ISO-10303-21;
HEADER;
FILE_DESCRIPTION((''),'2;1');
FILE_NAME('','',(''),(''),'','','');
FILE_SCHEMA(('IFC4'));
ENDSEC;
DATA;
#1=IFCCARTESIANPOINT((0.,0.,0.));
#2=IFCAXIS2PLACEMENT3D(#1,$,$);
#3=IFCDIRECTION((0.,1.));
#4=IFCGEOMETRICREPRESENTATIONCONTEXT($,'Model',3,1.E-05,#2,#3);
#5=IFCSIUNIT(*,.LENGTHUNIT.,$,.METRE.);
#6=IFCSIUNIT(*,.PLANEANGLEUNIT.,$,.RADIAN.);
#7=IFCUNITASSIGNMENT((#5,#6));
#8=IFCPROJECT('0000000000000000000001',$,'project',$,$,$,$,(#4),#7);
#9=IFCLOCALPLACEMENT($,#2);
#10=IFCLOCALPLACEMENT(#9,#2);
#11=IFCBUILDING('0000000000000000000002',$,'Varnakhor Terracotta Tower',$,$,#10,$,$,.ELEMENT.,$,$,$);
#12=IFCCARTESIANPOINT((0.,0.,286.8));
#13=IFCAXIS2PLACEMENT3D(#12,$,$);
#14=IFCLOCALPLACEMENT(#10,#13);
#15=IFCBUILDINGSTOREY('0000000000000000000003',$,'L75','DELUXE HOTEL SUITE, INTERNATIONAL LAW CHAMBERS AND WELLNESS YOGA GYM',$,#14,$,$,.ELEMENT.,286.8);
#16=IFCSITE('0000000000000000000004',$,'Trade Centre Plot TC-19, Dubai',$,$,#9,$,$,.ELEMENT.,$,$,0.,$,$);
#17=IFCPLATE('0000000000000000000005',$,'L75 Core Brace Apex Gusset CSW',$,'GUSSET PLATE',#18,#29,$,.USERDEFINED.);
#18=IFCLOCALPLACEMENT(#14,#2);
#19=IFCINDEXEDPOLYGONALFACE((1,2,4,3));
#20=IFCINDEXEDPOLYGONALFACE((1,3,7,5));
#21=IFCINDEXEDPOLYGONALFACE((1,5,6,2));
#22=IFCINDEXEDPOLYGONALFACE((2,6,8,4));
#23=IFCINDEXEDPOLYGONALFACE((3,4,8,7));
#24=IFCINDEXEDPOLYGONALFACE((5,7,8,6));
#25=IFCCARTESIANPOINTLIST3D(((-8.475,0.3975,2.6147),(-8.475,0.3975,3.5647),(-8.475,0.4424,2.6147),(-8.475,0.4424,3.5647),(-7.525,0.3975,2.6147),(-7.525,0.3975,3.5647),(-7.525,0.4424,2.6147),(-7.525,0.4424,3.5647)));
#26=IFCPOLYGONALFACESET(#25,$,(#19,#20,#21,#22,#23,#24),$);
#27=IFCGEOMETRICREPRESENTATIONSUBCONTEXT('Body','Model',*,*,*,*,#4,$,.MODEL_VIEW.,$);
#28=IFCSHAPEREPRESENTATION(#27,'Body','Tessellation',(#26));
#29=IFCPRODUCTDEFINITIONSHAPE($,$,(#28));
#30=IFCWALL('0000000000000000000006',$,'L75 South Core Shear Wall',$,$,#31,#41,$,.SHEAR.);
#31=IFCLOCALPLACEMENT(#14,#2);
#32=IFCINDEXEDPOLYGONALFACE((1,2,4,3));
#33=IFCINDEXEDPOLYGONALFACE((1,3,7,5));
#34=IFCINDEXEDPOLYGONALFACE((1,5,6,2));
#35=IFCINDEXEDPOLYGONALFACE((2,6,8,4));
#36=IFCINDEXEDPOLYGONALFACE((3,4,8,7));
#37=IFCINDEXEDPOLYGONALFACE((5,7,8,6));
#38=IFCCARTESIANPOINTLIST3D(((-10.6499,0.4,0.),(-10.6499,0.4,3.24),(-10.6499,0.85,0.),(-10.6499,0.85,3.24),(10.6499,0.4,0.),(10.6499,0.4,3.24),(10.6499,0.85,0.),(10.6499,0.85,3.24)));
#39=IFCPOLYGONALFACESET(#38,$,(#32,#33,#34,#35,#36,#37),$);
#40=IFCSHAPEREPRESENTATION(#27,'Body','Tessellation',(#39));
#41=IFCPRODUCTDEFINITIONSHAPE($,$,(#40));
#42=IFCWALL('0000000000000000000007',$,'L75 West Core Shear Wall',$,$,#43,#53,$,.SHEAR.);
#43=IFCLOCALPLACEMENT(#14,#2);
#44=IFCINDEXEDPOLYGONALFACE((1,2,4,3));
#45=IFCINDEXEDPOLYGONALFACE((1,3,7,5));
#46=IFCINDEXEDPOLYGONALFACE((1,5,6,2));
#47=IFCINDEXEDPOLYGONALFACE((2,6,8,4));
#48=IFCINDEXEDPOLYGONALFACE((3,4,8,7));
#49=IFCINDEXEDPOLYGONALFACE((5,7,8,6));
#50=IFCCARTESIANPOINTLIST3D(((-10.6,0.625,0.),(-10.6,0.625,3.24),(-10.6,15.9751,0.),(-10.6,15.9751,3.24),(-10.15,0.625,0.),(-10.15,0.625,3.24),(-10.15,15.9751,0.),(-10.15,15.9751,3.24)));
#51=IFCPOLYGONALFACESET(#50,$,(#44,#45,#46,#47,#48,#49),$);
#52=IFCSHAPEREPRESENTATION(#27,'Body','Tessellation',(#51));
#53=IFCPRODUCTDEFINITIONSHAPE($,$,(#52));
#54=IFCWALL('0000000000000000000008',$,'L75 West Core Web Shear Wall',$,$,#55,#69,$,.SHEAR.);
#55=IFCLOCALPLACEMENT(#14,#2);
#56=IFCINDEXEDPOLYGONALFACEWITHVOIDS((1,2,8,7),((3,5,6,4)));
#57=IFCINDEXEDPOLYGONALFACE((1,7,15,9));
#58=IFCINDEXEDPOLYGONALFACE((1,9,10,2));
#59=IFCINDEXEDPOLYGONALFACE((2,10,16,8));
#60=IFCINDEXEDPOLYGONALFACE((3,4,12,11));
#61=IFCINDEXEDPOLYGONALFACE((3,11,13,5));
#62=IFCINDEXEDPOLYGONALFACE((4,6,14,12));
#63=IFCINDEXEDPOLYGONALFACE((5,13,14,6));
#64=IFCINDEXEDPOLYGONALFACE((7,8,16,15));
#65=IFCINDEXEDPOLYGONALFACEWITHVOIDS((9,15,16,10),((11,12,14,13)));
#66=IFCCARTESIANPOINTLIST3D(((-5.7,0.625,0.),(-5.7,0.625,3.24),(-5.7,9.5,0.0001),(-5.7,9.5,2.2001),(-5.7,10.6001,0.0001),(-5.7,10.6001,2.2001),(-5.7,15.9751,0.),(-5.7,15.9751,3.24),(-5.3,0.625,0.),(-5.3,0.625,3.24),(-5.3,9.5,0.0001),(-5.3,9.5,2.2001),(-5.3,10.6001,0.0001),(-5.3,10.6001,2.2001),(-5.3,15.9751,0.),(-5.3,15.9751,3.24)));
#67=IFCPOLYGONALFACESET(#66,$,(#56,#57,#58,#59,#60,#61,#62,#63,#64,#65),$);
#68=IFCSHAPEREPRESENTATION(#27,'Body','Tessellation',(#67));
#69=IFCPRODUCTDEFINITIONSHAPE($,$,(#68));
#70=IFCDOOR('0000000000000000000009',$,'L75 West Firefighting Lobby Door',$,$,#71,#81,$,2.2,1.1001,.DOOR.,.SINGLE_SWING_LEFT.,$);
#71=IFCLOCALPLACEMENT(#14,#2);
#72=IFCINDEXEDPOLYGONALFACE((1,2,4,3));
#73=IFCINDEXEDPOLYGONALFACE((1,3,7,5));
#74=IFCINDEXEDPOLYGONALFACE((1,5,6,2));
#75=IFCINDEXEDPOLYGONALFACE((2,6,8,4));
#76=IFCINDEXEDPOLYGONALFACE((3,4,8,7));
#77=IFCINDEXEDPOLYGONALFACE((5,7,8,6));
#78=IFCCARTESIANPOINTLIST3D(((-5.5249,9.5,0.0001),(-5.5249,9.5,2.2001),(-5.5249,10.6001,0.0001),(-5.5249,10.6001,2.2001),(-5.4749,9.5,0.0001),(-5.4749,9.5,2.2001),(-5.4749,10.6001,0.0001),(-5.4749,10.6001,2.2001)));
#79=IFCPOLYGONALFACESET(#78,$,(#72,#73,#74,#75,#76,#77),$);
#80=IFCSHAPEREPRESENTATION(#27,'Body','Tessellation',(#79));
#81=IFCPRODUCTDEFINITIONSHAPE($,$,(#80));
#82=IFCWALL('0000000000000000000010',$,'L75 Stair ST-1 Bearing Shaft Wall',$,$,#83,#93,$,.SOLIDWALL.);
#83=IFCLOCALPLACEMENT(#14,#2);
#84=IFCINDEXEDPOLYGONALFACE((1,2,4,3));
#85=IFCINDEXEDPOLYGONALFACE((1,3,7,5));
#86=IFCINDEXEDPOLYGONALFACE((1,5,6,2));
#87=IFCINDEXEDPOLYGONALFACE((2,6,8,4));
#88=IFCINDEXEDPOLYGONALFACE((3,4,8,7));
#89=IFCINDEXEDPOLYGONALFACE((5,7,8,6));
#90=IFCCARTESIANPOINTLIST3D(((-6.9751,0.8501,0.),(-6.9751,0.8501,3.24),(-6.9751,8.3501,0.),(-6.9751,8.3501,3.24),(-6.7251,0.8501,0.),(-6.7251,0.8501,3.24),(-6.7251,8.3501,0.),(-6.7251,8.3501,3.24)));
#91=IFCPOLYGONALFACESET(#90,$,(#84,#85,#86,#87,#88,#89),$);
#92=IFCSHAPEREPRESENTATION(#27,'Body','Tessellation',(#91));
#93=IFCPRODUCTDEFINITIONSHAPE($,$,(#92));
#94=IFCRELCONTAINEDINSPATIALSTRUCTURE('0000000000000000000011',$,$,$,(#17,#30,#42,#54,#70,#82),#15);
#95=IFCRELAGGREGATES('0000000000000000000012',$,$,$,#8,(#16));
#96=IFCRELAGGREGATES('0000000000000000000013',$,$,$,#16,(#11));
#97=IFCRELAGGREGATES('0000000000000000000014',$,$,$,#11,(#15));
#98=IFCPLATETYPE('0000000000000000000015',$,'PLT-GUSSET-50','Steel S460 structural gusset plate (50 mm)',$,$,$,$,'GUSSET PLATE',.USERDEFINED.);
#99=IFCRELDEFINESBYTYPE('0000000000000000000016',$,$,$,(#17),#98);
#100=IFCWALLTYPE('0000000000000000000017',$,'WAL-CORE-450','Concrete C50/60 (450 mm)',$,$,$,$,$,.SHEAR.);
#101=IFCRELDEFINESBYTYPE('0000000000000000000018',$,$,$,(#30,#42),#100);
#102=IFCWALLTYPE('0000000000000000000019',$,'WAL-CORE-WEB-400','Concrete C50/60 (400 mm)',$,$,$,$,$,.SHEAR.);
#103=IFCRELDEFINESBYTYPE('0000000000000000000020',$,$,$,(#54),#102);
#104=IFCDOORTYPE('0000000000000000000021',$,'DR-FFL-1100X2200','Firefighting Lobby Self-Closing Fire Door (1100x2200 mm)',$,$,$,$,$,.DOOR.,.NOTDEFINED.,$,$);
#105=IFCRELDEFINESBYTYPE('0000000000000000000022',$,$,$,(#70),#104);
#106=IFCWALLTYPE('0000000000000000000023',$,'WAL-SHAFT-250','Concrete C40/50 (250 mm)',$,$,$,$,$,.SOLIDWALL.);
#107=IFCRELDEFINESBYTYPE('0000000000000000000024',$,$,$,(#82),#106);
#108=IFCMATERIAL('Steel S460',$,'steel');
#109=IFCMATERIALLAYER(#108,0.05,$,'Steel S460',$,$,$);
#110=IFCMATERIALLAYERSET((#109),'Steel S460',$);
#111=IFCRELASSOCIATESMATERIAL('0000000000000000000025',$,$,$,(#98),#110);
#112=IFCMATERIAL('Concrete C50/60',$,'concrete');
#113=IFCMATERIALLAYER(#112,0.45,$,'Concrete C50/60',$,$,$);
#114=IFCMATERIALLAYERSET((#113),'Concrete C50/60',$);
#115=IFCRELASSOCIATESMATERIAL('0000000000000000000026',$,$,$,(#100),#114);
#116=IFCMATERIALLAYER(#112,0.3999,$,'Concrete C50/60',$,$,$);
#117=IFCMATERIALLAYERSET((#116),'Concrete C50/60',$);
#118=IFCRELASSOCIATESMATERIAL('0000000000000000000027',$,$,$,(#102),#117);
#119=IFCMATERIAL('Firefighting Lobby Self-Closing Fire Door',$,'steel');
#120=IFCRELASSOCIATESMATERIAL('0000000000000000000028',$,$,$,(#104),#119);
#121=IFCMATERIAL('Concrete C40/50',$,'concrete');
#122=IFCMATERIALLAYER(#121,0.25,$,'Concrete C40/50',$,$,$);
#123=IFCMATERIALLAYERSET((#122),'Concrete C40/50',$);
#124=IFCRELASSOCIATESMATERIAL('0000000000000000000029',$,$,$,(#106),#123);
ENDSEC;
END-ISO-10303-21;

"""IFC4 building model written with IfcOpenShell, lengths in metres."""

from ifc_helpers import new_model, si_unit, direction, frame, frame_2d, origin, origin_2d, place, context, subcontext, project, spatial, rectangle, extrude, source, transform, mapped, material, layer, layer_set, type_object, type_shapes, element, fill, save


model = new_model("IFC4")

# Units and contexts
model_context = context("Model", 3, precision=1e-05, world=origin(), true_north=direction((0.0, 1.0)))
body_context = subcontext(model_context, "Body", "Model", "MODEL_VIEW")
ifc_project = project(units=[si_unit("LENGTHUNIT", "METRE"), si_unit("PLANEANGLEUNIT", "RADIAN")], contexts=[model_context])

# Site, building, storey
site_placement = place(None, origin())
site = spatial("IfcSite", under=ifc_project, at=site_placement, Name="Trade Centre Plot TC-19, Dubai", CompositionType="ELEMENT", RefElevation=0.0)
building_placement = place(site_placement, origin())
building = spatial("IfcBuilding", under=site, at=building_placement, Name="Varnakhor Terracotta Tower", CompositionType="ELEMENT")
storey_placement = place(building_placement, frame((0.0, 0.0, 286.8)))
storey = spatial("IfcBuildingStorey", under=building, at=storey_placement, Name="L75", Description="DELUXE HOTEL SUITE, INTERNATIONAL LAW CHAMBERS AND WELLNESS YOGA GYM", CompositionType="ELEMENT", Elevation=286.8)

# Shared definitions
ifc_material_1 = material(Name="Concrete C50/60", Category="concrete")

# Plate
ifc_material_2 = material(Name="Steel S460", Category="steel")
ifc_layer_1 = layer(ifc_material_2, 0.05, Name="Steel S460")
ifc_layer_set_1 = layer_set([ifc_layer_1], Name="Steel S460")
plate_type = type_object("IfcPlateType", Name="PLT-GUSSET-50", Description="Steel S460 structural gusset plate (50 mm)", ElementType="GUSSET PLATE", PredefinedType="USERDEFINED", material=ifc_layer_set_1)
shared_shape_1 = source(origin(), body_context, "Body", "SweptSolid", [
    extrude(rectangle(XDim=0.95, YDim=0.0449, at=origin_2d()), origin(), (0.0, 0.0, 1.0), 0.95),
])
plate_placement = place(storey_placement, frame((-8.0, 0.4199, 2.6147), z_axis=(0.0, 0.0, 1.0), x_axis=(1.0, 0.0, 0.0)))
element("IfcPlate", 1, at=plate_placement, inside=storey, type_object=plate_type, Name="L75 Core Brace Apex Gusset CSW", ObjectType="GUSSET PLATE", PredefinedType="USERDEFINED", context=body_context, shape_type="MappedRepresentation", body=[
    mapped(shared_shape_1, transform((0.0, 0.0, 0.0), scale=1.0)),
])

# Walls
ifc_layer_2 = layer(ifc_material_1, 0.45, Name="Concrete C50/60")
ifc_layer_set_2 = layer_set([ifc_layer_2], Name="Concrete C50/60")
wall_type_1 = type_object("IfcWallType", Name="WAL-CORE-450", Description="Concrete C50/60 (450 mm)", PredefinedType="SHEAR", material=ifc_layer_set_2)
wall_1_placement = place(storey_placement, frame((-10.6499, 0.625, 0.0), z_axis=(0.0, 0.0, 1.0), x_axis=(1.0, 0.0, 0.0)))
element("IfcWall", 2, at=wall_1_placement, inside=storey, type_object=wall_type_1, Name="L75 South Core Shear Wall", PredefinedType="SHEAR", context=body_context, shape_type="SweptSolid", body=[
    extrude(rectangle(XDim=21.2998, YDim=0.45, at=frame_2d((10.6499, 0.0))), origin(), (0.0, 0.0, 1.0), 3.24),
])
wall_2_placement = place(storey_placement, frame((-10.375, 0.625, 0.0), z_axis=(0.0, 0.0, 1.0), x_axis=(0.0, 1.0, 0.0)))
element("IfcWall", 3, at=wall_2_placement, inside=storey, type_object=wall_type_1, Name="L75 West Core Shear Wall", PredefinedType="SHEAR", context=body_context, shape_type="SweptSolid", body=[
    extrude(rectangle(XDim=15.3501, YDim=0.45, at=frame_2d((7.675, 0.0))), origin(), (0.0, 0.0, 1.0), 3.24),
])

# Wall, opening, door
ifc_layer_3 = layer(ifc_material_1, 0.3999, Name="Concrete C50/60")
ifc_layer_set_3 = layer_set([ifc_layer_3], Name="Concrete C50/60")
wall_type_2 = type_object("IfcWallType", Name="WAL-CORE-WEB-400", Description="Concrete C50/60 (400 mm)", PredefinedType="SHEAR", material=ifc_layer_set_3)
wall_3_placement = place(storey_placement, frame((-5.5, 0.625, 0.0), z_axis=(0.0, 0.0, 1.0), x_axis=(0.0, 1.0, 0.0)))
wall_3 = element("IfcWall", 4, at=wall_3_placement, inside=storey, type_object=wall_type_2, Name="L75 West Core Web Shear Wall", PredefinedType="SHEAR", context=body_context, shape_type="SweptSolid", body=[
    extrude(rectangle(XDim=15.3501, YDim=0.3999, at=frame_2d((7.675, 0.0))), origin(), (0.0, 0.0, 1.0), 3.24),
])
opening_placement = place(wall_3_placement, frame((8.875, 0.0, 0.0)))
opening = element("IfcOpeningElement", 5, at=opening_placement, cuts=wall_3, PredefinedType="OPENING", context=body_context, shape_type="SweptSolid", body=[
    extrude(rectangle(XDim=1.1001, YDim=2.2, at=frame_2d((0.55, 1.1001))), frame((0.0, 0.21, 0.0), z_axis=(0.0, -1.0, 0.0), x_axis=(1.0, 0.0, 0.0)), (0.0, 0.0, 1.0), 0.4199),
])
ifc_material_3 = material(Name="Firefighting Lobby Self-Closing Fire Door", Category="steel")
door_type = type_object("IfcDoorType", Name="DR-FFL-1100X2200", Description="Firefighting Lobby Self-Closing Fire Door (1100x2200 mm)", OperationType="NOTDEFINED", PredefinedType="DOOR", material=ifc_material_3)
shared_shape_2 = source(origin(), body_context, "Body", "SweptSolid", [
    extrude(rectangle(XDim=1.1001, YDim=2.2, at=frame_2d((0.55, 1.1001))), frame((0.0, 0.0249, 0.0), z_axis=(0.0, -1.0, 0.0), x_axis=(1.0, 0.0, 0.0)), (0.0, 0.0, 1.0), 0.05),
])
type_shapes(door_type, [shared_shape_2])
door_placement = place(opening_placement, origin())
door = element("IfcDoor", 6, at=door_placement, inside=storey, type_object=door_type, Name="L75 West Firefighting Lobby Door", OperationType="SINGLE_SWING_LEFT", OverallHeight=2.2, OverallWidth=1.1001, PredefinedType="DOOR", context=body_context, shape_type="MappedRepresentation", body=[
    mapped(shared_shape_2, transform((0.0, 0.0, 0.0), scale=1.0)),
])
fill(opening, door)

# Wall
ifc_material_4 = material(Name="Concrete C40/50", Category="concrete")
ifc_layer_4 = layer(ifc_material_4, 0.25, Name="Concrete C40/50")
ifc_layer_set_4 = layer_set([ifc_layer_4], Name="Concrete C40/50")
wall_type_3 = type_object("IfcWallType", Name="WAL-SHAFT-250", Description="Concrete C40/50 (250 mm)", PredefinedType="SOLIDWALL", material=ifc_layer_set_4)
wall_4_placement = place(storey_placement, frame((-6.8501, 0.8501, 0.0), z_axis=(0.0, 0.0, 1.0), x_axis=(0.0, 1.0, 0.0)))
element("IfcWall", 7, at=wall_4_placement, inside=storey, type_object=wall_type_3, Name="L75 Stair ST-1 Bearing Shaft Wall", PredefinedType="SOLIDWALL", context=body_context, shape_type="SweptSolid", body=[
    extrude(rectangle(XDim=7.5, YDim=0.25, at=frame_2d((3.75, 0.0))), origin(), (0.0, 0.0, 1.0), 3.24),
])

save(model, "model.ifc")
